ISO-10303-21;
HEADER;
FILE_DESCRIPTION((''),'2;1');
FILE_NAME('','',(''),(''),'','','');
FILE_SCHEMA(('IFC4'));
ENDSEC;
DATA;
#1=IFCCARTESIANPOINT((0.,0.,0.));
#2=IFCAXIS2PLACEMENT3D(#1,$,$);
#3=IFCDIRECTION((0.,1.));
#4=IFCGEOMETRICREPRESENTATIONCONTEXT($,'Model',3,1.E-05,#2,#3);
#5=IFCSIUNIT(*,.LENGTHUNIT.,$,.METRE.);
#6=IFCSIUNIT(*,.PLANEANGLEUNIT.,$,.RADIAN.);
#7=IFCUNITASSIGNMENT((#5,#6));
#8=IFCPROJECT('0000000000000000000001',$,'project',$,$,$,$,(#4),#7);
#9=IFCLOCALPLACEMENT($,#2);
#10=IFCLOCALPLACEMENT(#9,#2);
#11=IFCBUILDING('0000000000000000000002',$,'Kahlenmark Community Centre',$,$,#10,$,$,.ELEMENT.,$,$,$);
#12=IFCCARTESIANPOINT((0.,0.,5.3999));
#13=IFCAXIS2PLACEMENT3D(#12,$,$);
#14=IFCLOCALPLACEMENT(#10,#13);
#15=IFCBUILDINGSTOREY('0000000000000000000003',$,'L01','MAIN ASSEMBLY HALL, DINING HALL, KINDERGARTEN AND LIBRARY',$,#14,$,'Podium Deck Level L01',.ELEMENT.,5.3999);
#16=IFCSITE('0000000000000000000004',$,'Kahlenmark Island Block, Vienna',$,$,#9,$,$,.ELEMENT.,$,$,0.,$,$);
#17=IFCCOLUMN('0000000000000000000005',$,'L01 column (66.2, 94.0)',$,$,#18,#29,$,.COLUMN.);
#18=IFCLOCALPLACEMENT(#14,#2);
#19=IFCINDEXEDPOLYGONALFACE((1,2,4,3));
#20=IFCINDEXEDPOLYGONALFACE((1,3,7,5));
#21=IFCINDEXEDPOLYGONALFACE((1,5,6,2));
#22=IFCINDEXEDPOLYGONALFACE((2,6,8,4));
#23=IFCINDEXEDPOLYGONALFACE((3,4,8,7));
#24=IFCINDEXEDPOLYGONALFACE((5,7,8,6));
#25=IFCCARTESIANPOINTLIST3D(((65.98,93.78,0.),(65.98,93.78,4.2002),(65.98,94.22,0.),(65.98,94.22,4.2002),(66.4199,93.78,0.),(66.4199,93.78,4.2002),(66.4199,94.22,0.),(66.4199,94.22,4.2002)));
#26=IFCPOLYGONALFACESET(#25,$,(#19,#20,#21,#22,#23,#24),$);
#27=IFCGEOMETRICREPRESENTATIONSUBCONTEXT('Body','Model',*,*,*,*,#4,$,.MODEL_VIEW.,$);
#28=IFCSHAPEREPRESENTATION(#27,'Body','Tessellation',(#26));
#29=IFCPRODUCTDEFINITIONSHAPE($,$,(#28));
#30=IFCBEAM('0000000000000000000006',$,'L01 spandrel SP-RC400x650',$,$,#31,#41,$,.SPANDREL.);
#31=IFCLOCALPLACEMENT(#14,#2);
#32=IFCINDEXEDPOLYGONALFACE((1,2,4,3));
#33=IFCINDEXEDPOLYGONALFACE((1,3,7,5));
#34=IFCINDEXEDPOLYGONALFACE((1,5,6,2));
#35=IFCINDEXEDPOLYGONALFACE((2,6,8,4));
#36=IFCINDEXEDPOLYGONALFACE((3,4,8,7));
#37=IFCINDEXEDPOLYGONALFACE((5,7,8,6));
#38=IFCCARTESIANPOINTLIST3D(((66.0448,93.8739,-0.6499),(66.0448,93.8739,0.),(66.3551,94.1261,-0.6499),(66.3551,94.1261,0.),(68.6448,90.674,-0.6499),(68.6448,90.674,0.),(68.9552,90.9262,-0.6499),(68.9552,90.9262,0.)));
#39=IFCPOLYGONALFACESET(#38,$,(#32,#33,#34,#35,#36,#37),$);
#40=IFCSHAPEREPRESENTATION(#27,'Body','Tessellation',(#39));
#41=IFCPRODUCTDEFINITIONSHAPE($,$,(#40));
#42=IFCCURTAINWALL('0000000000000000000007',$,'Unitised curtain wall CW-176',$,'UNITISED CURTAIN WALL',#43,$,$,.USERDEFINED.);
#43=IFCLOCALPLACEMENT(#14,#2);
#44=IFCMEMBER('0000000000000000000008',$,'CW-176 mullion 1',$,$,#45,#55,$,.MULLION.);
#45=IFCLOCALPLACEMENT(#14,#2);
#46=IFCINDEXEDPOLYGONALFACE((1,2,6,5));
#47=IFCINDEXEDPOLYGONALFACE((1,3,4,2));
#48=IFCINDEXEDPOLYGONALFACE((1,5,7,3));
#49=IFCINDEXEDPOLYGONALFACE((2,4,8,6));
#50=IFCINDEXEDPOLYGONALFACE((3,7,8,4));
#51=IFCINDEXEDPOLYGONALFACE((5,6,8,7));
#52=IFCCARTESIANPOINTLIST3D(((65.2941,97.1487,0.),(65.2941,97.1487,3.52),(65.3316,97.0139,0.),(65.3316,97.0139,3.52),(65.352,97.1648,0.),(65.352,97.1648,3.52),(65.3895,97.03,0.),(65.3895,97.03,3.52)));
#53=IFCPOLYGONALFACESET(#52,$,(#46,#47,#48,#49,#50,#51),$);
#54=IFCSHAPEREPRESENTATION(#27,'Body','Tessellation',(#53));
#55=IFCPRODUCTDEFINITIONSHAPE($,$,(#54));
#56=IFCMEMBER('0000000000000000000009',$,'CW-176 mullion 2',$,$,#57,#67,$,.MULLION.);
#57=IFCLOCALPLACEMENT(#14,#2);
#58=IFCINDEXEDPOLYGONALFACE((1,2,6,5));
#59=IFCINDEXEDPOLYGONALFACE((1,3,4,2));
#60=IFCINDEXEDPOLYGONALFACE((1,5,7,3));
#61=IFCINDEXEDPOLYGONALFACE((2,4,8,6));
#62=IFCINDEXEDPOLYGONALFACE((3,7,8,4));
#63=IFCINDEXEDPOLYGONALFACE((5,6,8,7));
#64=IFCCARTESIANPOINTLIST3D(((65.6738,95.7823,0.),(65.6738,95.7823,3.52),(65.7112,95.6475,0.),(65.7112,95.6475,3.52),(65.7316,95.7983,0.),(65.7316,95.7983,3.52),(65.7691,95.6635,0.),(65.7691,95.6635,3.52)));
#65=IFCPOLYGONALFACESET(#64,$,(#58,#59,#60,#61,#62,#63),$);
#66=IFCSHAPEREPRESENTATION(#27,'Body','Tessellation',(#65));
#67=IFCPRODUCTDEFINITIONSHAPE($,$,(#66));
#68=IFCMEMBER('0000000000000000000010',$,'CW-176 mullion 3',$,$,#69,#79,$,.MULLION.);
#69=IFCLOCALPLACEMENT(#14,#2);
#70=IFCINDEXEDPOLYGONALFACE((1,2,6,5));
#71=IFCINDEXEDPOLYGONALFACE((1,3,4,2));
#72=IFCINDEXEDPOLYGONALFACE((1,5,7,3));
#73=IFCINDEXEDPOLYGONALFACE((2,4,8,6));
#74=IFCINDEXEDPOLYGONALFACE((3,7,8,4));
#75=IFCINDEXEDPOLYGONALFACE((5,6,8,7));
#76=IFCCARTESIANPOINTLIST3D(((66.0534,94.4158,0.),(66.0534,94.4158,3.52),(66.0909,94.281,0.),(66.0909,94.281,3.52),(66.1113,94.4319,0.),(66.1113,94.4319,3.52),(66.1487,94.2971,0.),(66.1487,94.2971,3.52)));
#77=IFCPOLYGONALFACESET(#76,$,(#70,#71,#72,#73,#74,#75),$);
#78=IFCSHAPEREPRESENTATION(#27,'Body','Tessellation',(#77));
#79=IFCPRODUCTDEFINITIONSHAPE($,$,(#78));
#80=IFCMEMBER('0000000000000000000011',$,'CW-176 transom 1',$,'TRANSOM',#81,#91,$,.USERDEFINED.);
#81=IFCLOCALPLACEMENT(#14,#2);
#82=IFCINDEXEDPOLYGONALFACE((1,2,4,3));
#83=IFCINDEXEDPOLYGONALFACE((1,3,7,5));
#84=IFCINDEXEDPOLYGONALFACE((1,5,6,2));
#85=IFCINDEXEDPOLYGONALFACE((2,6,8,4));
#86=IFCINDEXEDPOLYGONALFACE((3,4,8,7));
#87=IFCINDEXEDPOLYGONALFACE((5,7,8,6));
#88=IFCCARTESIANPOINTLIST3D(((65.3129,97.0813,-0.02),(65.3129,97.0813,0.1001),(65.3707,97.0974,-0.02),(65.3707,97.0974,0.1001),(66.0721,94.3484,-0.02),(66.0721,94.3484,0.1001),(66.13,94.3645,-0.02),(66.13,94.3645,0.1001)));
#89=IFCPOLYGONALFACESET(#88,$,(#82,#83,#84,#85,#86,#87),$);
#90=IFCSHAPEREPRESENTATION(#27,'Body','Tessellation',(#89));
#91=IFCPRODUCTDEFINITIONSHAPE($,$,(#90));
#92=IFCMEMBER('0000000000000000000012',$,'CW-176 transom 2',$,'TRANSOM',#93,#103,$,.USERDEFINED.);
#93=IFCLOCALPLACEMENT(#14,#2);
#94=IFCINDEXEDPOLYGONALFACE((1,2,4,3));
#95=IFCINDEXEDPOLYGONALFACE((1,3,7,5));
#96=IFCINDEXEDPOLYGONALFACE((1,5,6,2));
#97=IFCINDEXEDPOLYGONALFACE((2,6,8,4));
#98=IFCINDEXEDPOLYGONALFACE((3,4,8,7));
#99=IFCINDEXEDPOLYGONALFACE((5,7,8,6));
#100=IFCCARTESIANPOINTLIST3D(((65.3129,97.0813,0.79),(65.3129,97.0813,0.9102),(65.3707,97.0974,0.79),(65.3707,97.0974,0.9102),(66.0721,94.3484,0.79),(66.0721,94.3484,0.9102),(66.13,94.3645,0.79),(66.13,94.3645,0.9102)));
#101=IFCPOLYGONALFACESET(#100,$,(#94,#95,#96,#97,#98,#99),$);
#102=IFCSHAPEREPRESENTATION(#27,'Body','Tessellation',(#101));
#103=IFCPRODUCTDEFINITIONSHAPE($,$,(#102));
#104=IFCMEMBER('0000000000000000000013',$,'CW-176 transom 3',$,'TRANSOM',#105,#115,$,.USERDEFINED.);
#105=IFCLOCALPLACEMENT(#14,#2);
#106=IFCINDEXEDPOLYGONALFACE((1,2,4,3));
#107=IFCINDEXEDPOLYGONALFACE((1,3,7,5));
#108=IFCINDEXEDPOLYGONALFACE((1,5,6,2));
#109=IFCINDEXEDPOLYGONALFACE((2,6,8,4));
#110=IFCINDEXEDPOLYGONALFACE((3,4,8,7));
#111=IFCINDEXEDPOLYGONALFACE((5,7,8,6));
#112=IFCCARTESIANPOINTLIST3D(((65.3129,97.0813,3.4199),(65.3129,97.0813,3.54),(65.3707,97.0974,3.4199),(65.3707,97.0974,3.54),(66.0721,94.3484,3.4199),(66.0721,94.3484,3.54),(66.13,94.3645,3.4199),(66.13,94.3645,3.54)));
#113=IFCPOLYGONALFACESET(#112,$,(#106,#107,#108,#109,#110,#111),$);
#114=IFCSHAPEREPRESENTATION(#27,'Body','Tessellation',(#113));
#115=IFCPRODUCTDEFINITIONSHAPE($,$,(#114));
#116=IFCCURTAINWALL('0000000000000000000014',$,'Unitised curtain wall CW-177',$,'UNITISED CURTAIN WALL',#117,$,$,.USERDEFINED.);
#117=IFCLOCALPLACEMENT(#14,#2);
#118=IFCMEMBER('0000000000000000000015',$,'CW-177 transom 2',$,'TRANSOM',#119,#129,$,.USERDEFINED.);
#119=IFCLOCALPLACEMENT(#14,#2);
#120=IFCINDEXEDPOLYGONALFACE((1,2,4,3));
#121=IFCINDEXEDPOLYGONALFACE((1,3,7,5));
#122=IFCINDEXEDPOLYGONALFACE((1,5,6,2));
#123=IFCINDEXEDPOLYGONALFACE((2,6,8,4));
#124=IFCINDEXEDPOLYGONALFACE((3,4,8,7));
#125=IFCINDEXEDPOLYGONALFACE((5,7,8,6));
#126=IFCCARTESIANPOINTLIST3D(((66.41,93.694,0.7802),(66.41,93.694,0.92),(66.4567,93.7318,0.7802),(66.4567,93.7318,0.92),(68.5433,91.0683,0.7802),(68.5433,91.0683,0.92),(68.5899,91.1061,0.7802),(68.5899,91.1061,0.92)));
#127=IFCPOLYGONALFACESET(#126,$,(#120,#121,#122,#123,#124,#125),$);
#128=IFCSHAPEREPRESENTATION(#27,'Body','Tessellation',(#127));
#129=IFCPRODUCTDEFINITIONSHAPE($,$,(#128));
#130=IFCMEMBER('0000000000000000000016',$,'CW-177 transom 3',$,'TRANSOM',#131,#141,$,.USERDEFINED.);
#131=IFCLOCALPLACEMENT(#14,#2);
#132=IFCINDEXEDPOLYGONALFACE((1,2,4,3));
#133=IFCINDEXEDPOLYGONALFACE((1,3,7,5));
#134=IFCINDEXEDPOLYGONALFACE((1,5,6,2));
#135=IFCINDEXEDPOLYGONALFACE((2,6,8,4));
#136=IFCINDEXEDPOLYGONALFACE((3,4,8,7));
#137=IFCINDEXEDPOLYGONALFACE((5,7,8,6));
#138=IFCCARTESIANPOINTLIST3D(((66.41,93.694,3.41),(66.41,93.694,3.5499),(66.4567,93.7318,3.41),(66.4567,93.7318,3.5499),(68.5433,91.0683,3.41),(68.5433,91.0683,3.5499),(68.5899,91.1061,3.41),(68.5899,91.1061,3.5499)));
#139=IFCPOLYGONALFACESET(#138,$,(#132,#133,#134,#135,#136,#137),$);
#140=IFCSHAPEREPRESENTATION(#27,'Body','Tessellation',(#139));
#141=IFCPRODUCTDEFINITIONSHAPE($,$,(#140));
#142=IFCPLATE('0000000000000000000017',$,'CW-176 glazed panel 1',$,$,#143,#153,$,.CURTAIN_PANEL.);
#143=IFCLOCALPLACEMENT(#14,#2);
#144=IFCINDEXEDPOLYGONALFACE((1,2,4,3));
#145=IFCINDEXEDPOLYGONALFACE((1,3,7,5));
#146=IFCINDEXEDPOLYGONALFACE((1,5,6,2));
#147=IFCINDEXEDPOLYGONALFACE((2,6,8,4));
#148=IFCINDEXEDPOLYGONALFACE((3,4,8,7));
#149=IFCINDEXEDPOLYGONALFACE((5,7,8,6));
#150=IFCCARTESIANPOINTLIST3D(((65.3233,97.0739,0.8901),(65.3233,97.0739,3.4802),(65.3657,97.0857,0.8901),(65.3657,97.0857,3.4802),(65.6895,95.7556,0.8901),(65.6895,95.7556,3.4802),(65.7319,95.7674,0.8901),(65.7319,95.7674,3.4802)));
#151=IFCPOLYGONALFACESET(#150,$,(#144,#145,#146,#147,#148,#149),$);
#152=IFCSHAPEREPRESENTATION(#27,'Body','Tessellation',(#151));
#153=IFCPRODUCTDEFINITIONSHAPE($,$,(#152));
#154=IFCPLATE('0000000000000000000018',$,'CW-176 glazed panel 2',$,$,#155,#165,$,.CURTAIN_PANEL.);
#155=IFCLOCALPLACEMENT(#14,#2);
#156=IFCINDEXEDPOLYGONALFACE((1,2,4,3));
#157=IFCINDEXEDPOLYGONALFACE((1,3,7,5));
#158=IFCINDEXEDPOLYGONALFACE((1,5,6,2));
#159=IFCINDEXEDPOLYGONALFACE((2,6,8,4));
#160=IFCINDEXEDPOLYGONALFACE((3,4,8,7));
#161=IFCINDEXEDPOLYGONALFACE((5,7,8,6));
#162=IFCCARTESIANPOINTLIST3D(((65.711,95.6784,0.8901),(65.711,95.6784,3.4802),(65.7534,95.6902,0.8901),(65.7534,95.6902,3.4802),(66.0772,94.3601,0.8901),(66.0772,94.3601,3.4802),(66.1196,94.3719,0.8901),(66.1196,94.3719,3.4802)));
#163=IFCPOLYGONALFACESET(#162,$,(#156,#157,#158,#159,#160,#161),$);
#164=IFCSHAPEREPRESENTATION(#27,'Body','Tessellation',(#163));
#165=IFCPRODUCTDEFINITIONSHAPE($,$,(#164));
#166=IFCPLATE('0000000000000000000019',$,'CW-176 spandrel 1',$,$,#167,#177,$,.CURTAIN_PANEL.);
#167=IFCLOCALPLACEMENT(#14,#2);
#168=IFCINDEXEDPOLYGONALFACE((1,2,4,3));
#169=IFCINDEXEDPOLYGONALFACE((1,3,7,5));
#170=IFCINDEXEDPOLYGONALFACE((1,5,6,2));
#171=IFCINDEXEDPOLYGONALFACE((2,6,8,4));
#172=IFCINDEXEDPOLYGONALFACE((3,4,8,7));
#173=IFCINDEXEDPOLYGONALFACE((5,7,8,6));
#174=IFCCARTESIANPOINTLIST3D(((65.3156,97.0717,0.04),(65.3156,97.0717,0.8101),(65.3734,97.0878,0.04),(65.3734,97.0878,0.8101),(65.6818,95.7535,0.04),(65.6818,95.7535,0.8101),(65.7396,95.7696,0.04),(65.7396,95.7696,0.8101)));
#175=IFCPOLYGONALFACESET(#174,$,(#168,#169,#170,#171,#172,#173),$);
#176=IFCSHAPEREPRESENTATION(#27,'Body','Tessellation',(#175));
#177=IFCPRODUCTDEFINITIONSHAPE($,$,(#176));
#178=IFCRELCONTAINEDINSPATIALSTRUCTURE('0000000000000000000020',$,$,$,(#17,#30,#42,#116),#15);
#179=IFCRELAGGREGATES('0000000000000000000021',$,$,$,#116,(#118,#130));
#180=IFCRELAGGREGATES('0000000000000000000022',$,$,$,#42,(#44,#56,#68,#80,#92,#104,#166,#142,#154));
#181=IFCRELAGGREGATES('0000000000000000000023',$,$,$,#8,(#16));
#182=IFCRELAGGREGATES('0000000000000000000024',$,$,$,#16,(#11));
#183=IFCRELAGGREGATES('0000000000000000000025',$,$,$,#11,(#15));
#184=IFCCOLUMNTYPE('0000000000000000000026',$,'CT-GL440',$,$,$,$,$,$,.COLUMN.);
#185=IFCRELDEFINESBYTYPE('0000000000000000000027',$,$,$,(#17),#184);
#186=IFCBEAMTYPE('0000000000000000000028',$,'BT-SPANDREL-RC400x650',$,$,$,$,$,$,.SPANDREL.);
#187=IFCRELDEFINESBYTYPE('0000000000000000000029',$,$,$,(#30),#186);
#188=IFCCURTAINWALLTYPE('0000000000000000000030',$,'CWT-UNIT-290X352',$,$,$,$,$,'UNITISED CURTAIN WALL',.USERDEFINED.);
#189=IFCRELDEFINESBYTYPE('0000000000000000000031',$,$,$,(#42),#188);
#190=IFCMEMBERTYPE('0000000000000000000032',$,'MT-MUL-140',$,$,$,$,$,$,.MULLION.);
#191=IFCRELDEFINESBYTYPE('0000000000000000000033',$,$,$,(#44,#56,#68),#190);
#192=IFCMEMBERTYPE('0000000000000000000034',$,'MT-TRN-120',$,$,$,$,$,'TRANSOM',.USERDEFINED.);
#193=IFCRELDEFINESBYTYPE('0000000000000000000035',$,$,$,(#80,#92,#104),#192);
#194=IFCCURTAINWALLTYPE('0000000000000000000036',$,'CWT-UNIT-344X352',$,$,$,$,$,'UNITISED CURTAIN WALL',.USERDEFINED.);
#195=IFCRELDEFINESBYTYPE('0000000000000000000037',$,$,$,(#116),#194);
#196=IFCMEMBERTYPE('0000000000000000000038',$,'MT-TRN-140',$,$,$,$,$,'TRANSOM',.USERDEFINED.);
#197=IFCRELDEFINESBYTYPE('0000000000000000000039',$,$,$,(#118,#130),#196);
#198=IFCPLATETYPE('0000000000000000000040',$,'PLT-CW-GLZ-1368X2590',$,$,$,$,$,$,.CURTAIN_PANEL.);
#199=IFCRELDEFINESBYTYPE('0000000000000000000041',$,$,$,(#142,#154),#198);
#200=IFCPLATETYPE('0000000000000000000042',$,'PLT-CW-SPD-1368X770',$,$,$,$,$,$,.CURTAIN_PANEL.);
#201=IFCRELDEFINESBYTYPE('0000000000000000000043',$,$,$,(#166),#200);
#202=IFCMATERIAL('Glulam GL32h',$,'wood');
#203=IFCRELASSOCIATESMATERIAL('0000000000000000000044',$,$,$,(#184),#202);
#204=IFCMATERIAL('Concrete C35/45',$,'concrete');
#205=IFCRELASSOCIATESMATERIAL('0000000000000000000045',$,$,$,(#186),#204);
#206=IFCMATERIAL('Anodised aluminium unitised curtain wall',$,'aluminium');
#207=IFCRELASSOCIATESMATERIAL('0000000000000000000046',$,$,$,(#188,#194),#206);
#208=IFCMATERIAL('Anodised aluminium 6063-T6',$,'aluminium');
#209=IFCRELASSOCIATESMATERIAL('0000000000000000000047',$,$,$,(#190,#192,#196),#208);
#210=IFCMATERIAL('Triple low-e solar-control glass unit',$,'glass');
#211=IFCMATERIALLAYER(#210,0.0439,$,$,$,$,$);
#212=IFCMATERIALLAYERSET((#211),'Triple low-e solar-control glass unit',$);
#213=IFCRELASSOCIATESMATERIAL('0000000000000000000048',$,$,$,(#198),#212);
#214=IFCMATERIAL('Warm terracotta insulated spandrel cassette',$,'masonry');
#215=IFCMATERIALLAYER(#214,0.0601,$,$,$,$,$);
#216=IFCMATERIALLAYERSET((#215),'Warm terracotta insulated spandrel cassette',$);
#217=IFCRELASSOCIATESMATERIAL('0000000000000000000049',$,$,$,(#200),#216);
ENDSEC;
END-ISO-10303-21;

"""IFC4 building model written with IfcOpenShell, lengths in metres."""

from ifc_helpers import new_model, si_unit, direction, frame, origin, origin_2d, place, context, subcontext, project, spatial, rectangle, extrude, material, layer, layer_set, material_profile, profile_set, type_object, element, aggregate, save


model = new_model("IFC4")

# Units and contexts
model_context = context("Model", 3, precision=1e-05, world=origin(), true_north=direction((0.0, 1.0)))
body_context = subcontext(model_context, "Body", "Model", "MODEL_VIEW")
ifc_project = project(units=[si_unit("LENGTHUNIT", "METRE"), si_unit("PLANEANGLEUNIT", "RADIAN")], contexts=[model_context])

# Site, building, storey
site_placement = place(None, origin())
site = spatial("IfcSite", under=ifc_project, at=site_placement, Name="Kahlenmark Island Block, Vienna", CompositionType="ELEMENT", RefElevation=0.0)
building_placement = place(site_placement, origin())
building = spatial("IfcBuilding", under=site, at=building_placement, Name="Kahlenmark Community Centre", CompositionType="ELEMENT")
storey_placement = place(building_placement, frame((0.0, 0.0, 5.3999)))
storey = spatial("IfcBuildingStorey", under=building, at=storey_placement, Name="L01", Description="MAIN ASSEMBLY HALL, DINING HALL, KINDERGARTEN AND LIBRARY", LongName="Podium Deck Level L01", CompositionType="ELEMENT", Elevation=5.3999)

# Column
ifc_material_1 = material(Name="Glulam GL32h", Category="wood")
ifc_material_profile_1 = material_profile(ifc_material_1, rectangle(XDim=0.4399, YDim=0.4399, at=origin_2d()), Name="GL32h 440x440")
ifc_profile_set_1 = profile_set([ifc_material_profile_1], Name="Glulam GL32h")
column_type = type_object("IfcColumnType", Name="CT-GL440", PredefinedType="COLUMN", material=ifc_profile_set_1)
column_placement = place(storey_placement, frame((66.2, 94.0, 0.0), z_axis=(0.0, 0.0, 1.0), x_axis=(1.0, 0.0, 0.0)))
element("IfcColumn", 1, at=column_placement, inside=storey, type_object=column_type, Name="L01 column (66.2, 94.0)", PredefinedType="COLUMN", context=body_context, shape_type="SweptSolid", body=[
    extrude(rectangle(XDim=0.4399, YDim=0.4399, at=origin_2d()), origin(), (0.0, 0.0, 1.0), 4.2002),
])

# Beam
ifc_material_2 = material(Name="Concrete C35/45", Category="concrete")
ifc_material_profile_2 = material_profile(ifc_material_2, rectangle(XDim=0.3999, YDim=0.6499, at=origin_2d()), Name="RC 400x650")
ifc_profile_set_2 = profile_set([ifc_material_profile_2], Name="Concrete C35/45")
beam_type = type_object("IfcBeamType", Name="BT-SPANDREL-RC400x650", PredefinedType="SPANDREL", material=ifc_profile_set_2)
beam_placement = place(storey_placement, frame((66.2, 94.0, -0.325), z_axis=(0.630613, -0.776098, 0.0), x_axis=(0.776098, 0.630613, 0.0)))
element("IfcBeam", 2, at=beam_placement, inside=storey, type_object=beam_type, Name="L01 spandrel SP-RC400x650", PredefinedType="SPANDREL", context=body_context, shape_type="SweptSolid", body=[
    extrude(rectangle(XDim=0.3999, YDim=0.6499, at=origin_2d()), origin(), (0.0, 0.0, 1.0), 4.123),
])

# Curtain walls, members
ifc_material_3 = material(Name="Anodised aluminium unitised curtain wall", Category="aluminium")
curtain_wall_type_1 = type_object("IfcCurtainWallType", Name="CWT-UNIT-290X352", ElementType="UNITISED CURTAIN WALL", PredefinedType="USERDEFINED", material=ifc_material_3)
curtain_wall_1_placement = place(storey_placement, origin())
curtain_wall_1 = element("IfcCurtainWall", 3, at=curtain_wall_1_placement, inside=storey, type_object=curtain_wall_type_1, Name="Unitised curtain wall CW-176", ObjectType="UNITISED CURTAIN WALL", PredefinedType="USERDEFINED")
ifc_material_4 = material(Name="Anodised aluminium 6063-T6", Category="aluminium")
ifc_material_profile_3 = material_profile(ifc_material_4, rectangle(XDim=0.0601, YDim=0.1399, at=origin_2d()), Name="ALU MULLION 60x140")
ifc_profile_set_3 = profile_set([ifc_material_profile_3], Name="Anodised aluminium 6063-T6")
member_type_1 = type_object("IfcMemberType", Name="MT-MUL-140", PredefinedType="MULLION", material=ifc_profile_set_3)
member_1_placement = place(storey_placement, frame((65.3418, 97.0894, 0.0), z_axis=(0.0, 0.0, 1.0), x_axis=(0.963515, 0.267654, 0.0)))
member_1 = element("IfcMember", 4, at=member_1_placement, type_object=member_type_1, Name="CW-176 mullion 1", PredefinedType="MULLION", context=body_context, shape_type="SweptSolid", body=[
    extrude(rectangle(XDim=0.0601, YDim=0.1399, at=origin_2d()), origin(), (0.0, 0.0, 1.0), 3.52),
])
member_2_placement = place(storey_placement, frame((65.7214, 95.7229, 0.0), z_axis=(0.0, 0.0, 1.0), x_axis=(0.963515, 0.267654, 0.0)))
member_2 = element("IfcMember", 5, at=member_2_placement, type_object=member_type_1, Name="CW-176 mullion 2", PredefinedType="MULLION", context=body_context, shape_type="SweptSolid", body=[
    extrude(rectangle(XDim=0.0601, YDim=0.1399, at=origin_2d()), origin(), (0.0, 0.0, 1.0), 3.52),
])
member_3_placement = place(storey_placement, frame((66.1011, 94.3564, 0.0), z_axis=(0.0, 0.0, 1.0), x_axis=(0.963515, 0.267654, 0.0)))
member_3 = element("IfcMember", 6, at=member_3_placement, type_object=member_type_1, Name="CW-176 mullion 3", PredefinedType="MULLION", context=body_context, shape_type="SweptSolid", body=[
    extrude(rectangle(XDim=0.0601, YDim=0.1399, at=origin_2d()), origin(), (0.0, 0.0, 1.0), 3.52),
])
ifc_material_profile_4 = material_profile(ifc_material_4, rectangle(XDim=0.0601, YDim=0.1201, at=origin_2d()), Name="ALU TRANSOM 60x120")
ifc_profile_set_4 = profile_set([ifc_material_profile_4], Name="Anodised aluminium 6063-T6")
member_type_2 = type_object("IfcMemberType", Name="MT-TRN-120", ElementType="TRANSOM", PredefinedType="USERDEFINED", material=ifc_profile_set_4)
member_4_placement = place(storey_placement, frame((65.3418, 97.0894, 0.04), z_axis=(0.267688, -0.963506, 0.0), x_axis=(0.963506, 0.267688, 0.0)))
member_4 = element("IfcMember", 7, at=member_4_placement, type_object=member_type_2, Name="CW-176 transom 1", ObjectType="TRANSOM", PredefinedType="USERDEFINED", context=body_context, shape_type="SweptSolid", body=[
    extrude(rectangle(XDim=0.0601, YDim=0.1201, at=origin_2d()), origin(), (0.0, 0.0, 1.0), 2.8364),
])
member_5_placement = place(storey_placement, frame((65.3418, 97.0894, 0.8501), z_axis=(0.267688, -0.963506, 0.0), x_axis=(0.963506, 0.267688, 0.0)))
member_5 = element("IfcMember", 8, at=member_5_placement, type_object=member_type_2, Name="CW-176 transom 2", ObjectType="TRANSOM", PredefinedType="USERDEFINED", context=body_context, shape_type="SweptSolid", body=[
    extrude(rectangle(XDim=0.0601, YDim=0.1201, at=origin_2d()), origin(), (0.0, 0.0, 1.0), 2.8364),
])
member_6_placement = place(storey_placement, frame((65.3418, 97.0894, 3.48), z_axis=(0.267688, -0.963506, 0.0), x_axis=(0.963506, 0.267688, 0.0)))
member_6 = element("IfcMember", 9, at=member_6_placement, type_object=member_type_2, Name="CW-176 transom 3", ObjectType="TRANSOM", PredefinedType="USERDEFINED", context=body_context, shape_type="SweptSolid", body=[
    extrude(rectangle(XDim=0.0601, YDim=0.1201, at=origin_2d()), origin(), (0.0, 0.0, 1.0), 2.8364),
])
curtain_wall_type_2 = type_object("IfcCurtainWallType", Name="CWT-UNIT-344X352", ElementType="UNITISED CURTAIN WALL", PredefinedType="USERDEFINED", material=ifc_material_3)
curtain_wall_2_placement = place(storey_placement, origin())
curtain_wall_2 = element("IfcCurtainWall", 10, at=curtain_wall_2_placement, inside=storey, type_object=curtain_wall_type_2, Name="Unitised curtain wall CW-177", ObjectType="UNITISED CURTAIN WALL", PredefinedType="USERDEFINED")
ifc_material_profile_5 = material_profile(ifc_material_4, rectangle(XDim=0.0601, YDim=0.1399, at=origin_2d()), Name="ALU TRANSOM 60x140")
ifc_profile_set_5 = profile_set([ifc_material_profile_5], Name="Anodised aluminium 6063-T6")
member_type_3 = type_object("IfcMemberType", Name="MT-TRN-140", ElementType="TRANSOM", PredefinedType="USERDEFINED", material=ifc_profile_set_5)
member_7_placement = place(storey_placement, frame((66.4333, 93.7129, 0.8501), z_axis=(0.630574, -0.776129, 0.0), x_axis=(0.776129, 0.630574, 0.0)))
member_7 = element("IfcMember", 11, at=member_7_placement, type_object=member_type_3, Name="CW-177 transom 2", ObjectType="TRANSOM", PredefinedType="USERDEFINED", context=body_context, shape_type="SweptSolid", body=[
    extrude(rectangle(XDim=0.0601, YDim=0.1399, at=origin_2d()), origin(), (0.0, 0.0, 1.0), 3.3831),
])
member_8_placement = place(storey_placement, frame((66.4333, 93.7129, 3.48), z_axis=(0.630574, -0.776129, 0.0), x_axis=(0.776129, 0.630574, 0.0)))
member_8 = element("IfcMember", 12, at=member_8_placement, type_object=member_type_3, Name="CW-177 transom 3", ObjectType="TRANSOM", PredefinedType="USERDEFINED", context=body_context, shape_type="SweptSolid", body=[
    extrude(rectangle(XDim=0.0601, YDim=0.1399, at=origin_2d()), origin(), (0.0, 0.0, 1.0), 3.3831),
])
aggregate(curtain_wall_2, [member_7, member_8])

# Plates
ifc_material_5 = material(Name="Triple low-e solar-control glass unit", Category="glass")
ifc_layer_1 = layer(ifc_material_5, 0.0439)
ifc_layer_set_1 = layer_set([ifc_layer_1], Name="Triple low-e solar-control glass unit")
plate_type_1 = type_object("IfcPlateType", Name="PLT-CW-GLZ-1368X2590", PredefinedType="CURTAIN_PANEL", material=ifc_layer_set_1)
plate_1_placement = place(storey_placement, frame((65.5276, 96.4207, 0.8901), z_axis=(0.0, 0.0, 1.0), x_axis=(0.267654, -0.963515, 0.0)))
plate_1 = element("IfcPlate", 13, at=plate_1_placement, type_object=plate_type_1, Name="CW-176 glazed panel 1", PredefinedType="CURTAIN_PANEL", context=body_context, shape_type="SweptSolid", body=[
    extrude(rectangle(XDim=1.3682, YDim=0.0439, at=origin_2d()), origin(), (0.0, 0.0, 1.0), 2.5901),
])
plate_2_placement = place(storey_placement, frame((65.9153, 95.0251, 0.8901), z_axis=(0.0, 0.0, 1.0), x_axis=(0.267654, -0.963515, 0.0)))
plate_2 = element("IfcPlate", 14, at=plate_2_placement, type_object=plate_type_1, Name="CW-176 glazed panel 2", PredefinedType="CURTAIN_PANEL", context=body_context, shape_type="SweptSolid", body=[
    extrude(rectangle(XDim=1.3682, YDim=0.0439, at=origin_2d()), origin(), (0.0, 0.0, 1.0), 2.5901),
])
ifc_material_6 = material(Name="Warm terracotta insulated spandrel cassette", Category="masonry")
ifc_layer_2 = layer(ifc_material_6, 0.0601)
ifc_layer_set_2 = layer_set([ifc_layer_2], Name="Warm terracotta insulated spandrel cassette")
plate_type_2 = type_object("IfcPlateType", Name="PLT-CW-SPD-1368X770", PredefinedType="CURTAIN_PANEL", material=ifc_layer_set_2)
plate_3_placement = place(storey_placement, frame((65.5276, 96.4207, 0.04), z_axis=(0.0, 0.0, 1.0), x_axis=(0.267654, -0.963515, 0.0)))
plate_3 = element("IfcPlate", 15, at=plate_3_placement, type_object=plate_type_2, Name="CW-176 spandrel 1", PredefinedType="CURTAIN_PANEL", context=body_context, shape_type="SweptSolid", body=[
    extrude(rectangle(XDim=1.3682, YDim=0.0601, at=origin_2d()), origin(), (0.0, 0.0, 1.0), 0.77),
])
aggregate(curtain_wall_1, [member_1, member_2, member_3, member_4, member_5, member_6, plate_3, plate_1, plate_2])

save(model, "model.ifc")
